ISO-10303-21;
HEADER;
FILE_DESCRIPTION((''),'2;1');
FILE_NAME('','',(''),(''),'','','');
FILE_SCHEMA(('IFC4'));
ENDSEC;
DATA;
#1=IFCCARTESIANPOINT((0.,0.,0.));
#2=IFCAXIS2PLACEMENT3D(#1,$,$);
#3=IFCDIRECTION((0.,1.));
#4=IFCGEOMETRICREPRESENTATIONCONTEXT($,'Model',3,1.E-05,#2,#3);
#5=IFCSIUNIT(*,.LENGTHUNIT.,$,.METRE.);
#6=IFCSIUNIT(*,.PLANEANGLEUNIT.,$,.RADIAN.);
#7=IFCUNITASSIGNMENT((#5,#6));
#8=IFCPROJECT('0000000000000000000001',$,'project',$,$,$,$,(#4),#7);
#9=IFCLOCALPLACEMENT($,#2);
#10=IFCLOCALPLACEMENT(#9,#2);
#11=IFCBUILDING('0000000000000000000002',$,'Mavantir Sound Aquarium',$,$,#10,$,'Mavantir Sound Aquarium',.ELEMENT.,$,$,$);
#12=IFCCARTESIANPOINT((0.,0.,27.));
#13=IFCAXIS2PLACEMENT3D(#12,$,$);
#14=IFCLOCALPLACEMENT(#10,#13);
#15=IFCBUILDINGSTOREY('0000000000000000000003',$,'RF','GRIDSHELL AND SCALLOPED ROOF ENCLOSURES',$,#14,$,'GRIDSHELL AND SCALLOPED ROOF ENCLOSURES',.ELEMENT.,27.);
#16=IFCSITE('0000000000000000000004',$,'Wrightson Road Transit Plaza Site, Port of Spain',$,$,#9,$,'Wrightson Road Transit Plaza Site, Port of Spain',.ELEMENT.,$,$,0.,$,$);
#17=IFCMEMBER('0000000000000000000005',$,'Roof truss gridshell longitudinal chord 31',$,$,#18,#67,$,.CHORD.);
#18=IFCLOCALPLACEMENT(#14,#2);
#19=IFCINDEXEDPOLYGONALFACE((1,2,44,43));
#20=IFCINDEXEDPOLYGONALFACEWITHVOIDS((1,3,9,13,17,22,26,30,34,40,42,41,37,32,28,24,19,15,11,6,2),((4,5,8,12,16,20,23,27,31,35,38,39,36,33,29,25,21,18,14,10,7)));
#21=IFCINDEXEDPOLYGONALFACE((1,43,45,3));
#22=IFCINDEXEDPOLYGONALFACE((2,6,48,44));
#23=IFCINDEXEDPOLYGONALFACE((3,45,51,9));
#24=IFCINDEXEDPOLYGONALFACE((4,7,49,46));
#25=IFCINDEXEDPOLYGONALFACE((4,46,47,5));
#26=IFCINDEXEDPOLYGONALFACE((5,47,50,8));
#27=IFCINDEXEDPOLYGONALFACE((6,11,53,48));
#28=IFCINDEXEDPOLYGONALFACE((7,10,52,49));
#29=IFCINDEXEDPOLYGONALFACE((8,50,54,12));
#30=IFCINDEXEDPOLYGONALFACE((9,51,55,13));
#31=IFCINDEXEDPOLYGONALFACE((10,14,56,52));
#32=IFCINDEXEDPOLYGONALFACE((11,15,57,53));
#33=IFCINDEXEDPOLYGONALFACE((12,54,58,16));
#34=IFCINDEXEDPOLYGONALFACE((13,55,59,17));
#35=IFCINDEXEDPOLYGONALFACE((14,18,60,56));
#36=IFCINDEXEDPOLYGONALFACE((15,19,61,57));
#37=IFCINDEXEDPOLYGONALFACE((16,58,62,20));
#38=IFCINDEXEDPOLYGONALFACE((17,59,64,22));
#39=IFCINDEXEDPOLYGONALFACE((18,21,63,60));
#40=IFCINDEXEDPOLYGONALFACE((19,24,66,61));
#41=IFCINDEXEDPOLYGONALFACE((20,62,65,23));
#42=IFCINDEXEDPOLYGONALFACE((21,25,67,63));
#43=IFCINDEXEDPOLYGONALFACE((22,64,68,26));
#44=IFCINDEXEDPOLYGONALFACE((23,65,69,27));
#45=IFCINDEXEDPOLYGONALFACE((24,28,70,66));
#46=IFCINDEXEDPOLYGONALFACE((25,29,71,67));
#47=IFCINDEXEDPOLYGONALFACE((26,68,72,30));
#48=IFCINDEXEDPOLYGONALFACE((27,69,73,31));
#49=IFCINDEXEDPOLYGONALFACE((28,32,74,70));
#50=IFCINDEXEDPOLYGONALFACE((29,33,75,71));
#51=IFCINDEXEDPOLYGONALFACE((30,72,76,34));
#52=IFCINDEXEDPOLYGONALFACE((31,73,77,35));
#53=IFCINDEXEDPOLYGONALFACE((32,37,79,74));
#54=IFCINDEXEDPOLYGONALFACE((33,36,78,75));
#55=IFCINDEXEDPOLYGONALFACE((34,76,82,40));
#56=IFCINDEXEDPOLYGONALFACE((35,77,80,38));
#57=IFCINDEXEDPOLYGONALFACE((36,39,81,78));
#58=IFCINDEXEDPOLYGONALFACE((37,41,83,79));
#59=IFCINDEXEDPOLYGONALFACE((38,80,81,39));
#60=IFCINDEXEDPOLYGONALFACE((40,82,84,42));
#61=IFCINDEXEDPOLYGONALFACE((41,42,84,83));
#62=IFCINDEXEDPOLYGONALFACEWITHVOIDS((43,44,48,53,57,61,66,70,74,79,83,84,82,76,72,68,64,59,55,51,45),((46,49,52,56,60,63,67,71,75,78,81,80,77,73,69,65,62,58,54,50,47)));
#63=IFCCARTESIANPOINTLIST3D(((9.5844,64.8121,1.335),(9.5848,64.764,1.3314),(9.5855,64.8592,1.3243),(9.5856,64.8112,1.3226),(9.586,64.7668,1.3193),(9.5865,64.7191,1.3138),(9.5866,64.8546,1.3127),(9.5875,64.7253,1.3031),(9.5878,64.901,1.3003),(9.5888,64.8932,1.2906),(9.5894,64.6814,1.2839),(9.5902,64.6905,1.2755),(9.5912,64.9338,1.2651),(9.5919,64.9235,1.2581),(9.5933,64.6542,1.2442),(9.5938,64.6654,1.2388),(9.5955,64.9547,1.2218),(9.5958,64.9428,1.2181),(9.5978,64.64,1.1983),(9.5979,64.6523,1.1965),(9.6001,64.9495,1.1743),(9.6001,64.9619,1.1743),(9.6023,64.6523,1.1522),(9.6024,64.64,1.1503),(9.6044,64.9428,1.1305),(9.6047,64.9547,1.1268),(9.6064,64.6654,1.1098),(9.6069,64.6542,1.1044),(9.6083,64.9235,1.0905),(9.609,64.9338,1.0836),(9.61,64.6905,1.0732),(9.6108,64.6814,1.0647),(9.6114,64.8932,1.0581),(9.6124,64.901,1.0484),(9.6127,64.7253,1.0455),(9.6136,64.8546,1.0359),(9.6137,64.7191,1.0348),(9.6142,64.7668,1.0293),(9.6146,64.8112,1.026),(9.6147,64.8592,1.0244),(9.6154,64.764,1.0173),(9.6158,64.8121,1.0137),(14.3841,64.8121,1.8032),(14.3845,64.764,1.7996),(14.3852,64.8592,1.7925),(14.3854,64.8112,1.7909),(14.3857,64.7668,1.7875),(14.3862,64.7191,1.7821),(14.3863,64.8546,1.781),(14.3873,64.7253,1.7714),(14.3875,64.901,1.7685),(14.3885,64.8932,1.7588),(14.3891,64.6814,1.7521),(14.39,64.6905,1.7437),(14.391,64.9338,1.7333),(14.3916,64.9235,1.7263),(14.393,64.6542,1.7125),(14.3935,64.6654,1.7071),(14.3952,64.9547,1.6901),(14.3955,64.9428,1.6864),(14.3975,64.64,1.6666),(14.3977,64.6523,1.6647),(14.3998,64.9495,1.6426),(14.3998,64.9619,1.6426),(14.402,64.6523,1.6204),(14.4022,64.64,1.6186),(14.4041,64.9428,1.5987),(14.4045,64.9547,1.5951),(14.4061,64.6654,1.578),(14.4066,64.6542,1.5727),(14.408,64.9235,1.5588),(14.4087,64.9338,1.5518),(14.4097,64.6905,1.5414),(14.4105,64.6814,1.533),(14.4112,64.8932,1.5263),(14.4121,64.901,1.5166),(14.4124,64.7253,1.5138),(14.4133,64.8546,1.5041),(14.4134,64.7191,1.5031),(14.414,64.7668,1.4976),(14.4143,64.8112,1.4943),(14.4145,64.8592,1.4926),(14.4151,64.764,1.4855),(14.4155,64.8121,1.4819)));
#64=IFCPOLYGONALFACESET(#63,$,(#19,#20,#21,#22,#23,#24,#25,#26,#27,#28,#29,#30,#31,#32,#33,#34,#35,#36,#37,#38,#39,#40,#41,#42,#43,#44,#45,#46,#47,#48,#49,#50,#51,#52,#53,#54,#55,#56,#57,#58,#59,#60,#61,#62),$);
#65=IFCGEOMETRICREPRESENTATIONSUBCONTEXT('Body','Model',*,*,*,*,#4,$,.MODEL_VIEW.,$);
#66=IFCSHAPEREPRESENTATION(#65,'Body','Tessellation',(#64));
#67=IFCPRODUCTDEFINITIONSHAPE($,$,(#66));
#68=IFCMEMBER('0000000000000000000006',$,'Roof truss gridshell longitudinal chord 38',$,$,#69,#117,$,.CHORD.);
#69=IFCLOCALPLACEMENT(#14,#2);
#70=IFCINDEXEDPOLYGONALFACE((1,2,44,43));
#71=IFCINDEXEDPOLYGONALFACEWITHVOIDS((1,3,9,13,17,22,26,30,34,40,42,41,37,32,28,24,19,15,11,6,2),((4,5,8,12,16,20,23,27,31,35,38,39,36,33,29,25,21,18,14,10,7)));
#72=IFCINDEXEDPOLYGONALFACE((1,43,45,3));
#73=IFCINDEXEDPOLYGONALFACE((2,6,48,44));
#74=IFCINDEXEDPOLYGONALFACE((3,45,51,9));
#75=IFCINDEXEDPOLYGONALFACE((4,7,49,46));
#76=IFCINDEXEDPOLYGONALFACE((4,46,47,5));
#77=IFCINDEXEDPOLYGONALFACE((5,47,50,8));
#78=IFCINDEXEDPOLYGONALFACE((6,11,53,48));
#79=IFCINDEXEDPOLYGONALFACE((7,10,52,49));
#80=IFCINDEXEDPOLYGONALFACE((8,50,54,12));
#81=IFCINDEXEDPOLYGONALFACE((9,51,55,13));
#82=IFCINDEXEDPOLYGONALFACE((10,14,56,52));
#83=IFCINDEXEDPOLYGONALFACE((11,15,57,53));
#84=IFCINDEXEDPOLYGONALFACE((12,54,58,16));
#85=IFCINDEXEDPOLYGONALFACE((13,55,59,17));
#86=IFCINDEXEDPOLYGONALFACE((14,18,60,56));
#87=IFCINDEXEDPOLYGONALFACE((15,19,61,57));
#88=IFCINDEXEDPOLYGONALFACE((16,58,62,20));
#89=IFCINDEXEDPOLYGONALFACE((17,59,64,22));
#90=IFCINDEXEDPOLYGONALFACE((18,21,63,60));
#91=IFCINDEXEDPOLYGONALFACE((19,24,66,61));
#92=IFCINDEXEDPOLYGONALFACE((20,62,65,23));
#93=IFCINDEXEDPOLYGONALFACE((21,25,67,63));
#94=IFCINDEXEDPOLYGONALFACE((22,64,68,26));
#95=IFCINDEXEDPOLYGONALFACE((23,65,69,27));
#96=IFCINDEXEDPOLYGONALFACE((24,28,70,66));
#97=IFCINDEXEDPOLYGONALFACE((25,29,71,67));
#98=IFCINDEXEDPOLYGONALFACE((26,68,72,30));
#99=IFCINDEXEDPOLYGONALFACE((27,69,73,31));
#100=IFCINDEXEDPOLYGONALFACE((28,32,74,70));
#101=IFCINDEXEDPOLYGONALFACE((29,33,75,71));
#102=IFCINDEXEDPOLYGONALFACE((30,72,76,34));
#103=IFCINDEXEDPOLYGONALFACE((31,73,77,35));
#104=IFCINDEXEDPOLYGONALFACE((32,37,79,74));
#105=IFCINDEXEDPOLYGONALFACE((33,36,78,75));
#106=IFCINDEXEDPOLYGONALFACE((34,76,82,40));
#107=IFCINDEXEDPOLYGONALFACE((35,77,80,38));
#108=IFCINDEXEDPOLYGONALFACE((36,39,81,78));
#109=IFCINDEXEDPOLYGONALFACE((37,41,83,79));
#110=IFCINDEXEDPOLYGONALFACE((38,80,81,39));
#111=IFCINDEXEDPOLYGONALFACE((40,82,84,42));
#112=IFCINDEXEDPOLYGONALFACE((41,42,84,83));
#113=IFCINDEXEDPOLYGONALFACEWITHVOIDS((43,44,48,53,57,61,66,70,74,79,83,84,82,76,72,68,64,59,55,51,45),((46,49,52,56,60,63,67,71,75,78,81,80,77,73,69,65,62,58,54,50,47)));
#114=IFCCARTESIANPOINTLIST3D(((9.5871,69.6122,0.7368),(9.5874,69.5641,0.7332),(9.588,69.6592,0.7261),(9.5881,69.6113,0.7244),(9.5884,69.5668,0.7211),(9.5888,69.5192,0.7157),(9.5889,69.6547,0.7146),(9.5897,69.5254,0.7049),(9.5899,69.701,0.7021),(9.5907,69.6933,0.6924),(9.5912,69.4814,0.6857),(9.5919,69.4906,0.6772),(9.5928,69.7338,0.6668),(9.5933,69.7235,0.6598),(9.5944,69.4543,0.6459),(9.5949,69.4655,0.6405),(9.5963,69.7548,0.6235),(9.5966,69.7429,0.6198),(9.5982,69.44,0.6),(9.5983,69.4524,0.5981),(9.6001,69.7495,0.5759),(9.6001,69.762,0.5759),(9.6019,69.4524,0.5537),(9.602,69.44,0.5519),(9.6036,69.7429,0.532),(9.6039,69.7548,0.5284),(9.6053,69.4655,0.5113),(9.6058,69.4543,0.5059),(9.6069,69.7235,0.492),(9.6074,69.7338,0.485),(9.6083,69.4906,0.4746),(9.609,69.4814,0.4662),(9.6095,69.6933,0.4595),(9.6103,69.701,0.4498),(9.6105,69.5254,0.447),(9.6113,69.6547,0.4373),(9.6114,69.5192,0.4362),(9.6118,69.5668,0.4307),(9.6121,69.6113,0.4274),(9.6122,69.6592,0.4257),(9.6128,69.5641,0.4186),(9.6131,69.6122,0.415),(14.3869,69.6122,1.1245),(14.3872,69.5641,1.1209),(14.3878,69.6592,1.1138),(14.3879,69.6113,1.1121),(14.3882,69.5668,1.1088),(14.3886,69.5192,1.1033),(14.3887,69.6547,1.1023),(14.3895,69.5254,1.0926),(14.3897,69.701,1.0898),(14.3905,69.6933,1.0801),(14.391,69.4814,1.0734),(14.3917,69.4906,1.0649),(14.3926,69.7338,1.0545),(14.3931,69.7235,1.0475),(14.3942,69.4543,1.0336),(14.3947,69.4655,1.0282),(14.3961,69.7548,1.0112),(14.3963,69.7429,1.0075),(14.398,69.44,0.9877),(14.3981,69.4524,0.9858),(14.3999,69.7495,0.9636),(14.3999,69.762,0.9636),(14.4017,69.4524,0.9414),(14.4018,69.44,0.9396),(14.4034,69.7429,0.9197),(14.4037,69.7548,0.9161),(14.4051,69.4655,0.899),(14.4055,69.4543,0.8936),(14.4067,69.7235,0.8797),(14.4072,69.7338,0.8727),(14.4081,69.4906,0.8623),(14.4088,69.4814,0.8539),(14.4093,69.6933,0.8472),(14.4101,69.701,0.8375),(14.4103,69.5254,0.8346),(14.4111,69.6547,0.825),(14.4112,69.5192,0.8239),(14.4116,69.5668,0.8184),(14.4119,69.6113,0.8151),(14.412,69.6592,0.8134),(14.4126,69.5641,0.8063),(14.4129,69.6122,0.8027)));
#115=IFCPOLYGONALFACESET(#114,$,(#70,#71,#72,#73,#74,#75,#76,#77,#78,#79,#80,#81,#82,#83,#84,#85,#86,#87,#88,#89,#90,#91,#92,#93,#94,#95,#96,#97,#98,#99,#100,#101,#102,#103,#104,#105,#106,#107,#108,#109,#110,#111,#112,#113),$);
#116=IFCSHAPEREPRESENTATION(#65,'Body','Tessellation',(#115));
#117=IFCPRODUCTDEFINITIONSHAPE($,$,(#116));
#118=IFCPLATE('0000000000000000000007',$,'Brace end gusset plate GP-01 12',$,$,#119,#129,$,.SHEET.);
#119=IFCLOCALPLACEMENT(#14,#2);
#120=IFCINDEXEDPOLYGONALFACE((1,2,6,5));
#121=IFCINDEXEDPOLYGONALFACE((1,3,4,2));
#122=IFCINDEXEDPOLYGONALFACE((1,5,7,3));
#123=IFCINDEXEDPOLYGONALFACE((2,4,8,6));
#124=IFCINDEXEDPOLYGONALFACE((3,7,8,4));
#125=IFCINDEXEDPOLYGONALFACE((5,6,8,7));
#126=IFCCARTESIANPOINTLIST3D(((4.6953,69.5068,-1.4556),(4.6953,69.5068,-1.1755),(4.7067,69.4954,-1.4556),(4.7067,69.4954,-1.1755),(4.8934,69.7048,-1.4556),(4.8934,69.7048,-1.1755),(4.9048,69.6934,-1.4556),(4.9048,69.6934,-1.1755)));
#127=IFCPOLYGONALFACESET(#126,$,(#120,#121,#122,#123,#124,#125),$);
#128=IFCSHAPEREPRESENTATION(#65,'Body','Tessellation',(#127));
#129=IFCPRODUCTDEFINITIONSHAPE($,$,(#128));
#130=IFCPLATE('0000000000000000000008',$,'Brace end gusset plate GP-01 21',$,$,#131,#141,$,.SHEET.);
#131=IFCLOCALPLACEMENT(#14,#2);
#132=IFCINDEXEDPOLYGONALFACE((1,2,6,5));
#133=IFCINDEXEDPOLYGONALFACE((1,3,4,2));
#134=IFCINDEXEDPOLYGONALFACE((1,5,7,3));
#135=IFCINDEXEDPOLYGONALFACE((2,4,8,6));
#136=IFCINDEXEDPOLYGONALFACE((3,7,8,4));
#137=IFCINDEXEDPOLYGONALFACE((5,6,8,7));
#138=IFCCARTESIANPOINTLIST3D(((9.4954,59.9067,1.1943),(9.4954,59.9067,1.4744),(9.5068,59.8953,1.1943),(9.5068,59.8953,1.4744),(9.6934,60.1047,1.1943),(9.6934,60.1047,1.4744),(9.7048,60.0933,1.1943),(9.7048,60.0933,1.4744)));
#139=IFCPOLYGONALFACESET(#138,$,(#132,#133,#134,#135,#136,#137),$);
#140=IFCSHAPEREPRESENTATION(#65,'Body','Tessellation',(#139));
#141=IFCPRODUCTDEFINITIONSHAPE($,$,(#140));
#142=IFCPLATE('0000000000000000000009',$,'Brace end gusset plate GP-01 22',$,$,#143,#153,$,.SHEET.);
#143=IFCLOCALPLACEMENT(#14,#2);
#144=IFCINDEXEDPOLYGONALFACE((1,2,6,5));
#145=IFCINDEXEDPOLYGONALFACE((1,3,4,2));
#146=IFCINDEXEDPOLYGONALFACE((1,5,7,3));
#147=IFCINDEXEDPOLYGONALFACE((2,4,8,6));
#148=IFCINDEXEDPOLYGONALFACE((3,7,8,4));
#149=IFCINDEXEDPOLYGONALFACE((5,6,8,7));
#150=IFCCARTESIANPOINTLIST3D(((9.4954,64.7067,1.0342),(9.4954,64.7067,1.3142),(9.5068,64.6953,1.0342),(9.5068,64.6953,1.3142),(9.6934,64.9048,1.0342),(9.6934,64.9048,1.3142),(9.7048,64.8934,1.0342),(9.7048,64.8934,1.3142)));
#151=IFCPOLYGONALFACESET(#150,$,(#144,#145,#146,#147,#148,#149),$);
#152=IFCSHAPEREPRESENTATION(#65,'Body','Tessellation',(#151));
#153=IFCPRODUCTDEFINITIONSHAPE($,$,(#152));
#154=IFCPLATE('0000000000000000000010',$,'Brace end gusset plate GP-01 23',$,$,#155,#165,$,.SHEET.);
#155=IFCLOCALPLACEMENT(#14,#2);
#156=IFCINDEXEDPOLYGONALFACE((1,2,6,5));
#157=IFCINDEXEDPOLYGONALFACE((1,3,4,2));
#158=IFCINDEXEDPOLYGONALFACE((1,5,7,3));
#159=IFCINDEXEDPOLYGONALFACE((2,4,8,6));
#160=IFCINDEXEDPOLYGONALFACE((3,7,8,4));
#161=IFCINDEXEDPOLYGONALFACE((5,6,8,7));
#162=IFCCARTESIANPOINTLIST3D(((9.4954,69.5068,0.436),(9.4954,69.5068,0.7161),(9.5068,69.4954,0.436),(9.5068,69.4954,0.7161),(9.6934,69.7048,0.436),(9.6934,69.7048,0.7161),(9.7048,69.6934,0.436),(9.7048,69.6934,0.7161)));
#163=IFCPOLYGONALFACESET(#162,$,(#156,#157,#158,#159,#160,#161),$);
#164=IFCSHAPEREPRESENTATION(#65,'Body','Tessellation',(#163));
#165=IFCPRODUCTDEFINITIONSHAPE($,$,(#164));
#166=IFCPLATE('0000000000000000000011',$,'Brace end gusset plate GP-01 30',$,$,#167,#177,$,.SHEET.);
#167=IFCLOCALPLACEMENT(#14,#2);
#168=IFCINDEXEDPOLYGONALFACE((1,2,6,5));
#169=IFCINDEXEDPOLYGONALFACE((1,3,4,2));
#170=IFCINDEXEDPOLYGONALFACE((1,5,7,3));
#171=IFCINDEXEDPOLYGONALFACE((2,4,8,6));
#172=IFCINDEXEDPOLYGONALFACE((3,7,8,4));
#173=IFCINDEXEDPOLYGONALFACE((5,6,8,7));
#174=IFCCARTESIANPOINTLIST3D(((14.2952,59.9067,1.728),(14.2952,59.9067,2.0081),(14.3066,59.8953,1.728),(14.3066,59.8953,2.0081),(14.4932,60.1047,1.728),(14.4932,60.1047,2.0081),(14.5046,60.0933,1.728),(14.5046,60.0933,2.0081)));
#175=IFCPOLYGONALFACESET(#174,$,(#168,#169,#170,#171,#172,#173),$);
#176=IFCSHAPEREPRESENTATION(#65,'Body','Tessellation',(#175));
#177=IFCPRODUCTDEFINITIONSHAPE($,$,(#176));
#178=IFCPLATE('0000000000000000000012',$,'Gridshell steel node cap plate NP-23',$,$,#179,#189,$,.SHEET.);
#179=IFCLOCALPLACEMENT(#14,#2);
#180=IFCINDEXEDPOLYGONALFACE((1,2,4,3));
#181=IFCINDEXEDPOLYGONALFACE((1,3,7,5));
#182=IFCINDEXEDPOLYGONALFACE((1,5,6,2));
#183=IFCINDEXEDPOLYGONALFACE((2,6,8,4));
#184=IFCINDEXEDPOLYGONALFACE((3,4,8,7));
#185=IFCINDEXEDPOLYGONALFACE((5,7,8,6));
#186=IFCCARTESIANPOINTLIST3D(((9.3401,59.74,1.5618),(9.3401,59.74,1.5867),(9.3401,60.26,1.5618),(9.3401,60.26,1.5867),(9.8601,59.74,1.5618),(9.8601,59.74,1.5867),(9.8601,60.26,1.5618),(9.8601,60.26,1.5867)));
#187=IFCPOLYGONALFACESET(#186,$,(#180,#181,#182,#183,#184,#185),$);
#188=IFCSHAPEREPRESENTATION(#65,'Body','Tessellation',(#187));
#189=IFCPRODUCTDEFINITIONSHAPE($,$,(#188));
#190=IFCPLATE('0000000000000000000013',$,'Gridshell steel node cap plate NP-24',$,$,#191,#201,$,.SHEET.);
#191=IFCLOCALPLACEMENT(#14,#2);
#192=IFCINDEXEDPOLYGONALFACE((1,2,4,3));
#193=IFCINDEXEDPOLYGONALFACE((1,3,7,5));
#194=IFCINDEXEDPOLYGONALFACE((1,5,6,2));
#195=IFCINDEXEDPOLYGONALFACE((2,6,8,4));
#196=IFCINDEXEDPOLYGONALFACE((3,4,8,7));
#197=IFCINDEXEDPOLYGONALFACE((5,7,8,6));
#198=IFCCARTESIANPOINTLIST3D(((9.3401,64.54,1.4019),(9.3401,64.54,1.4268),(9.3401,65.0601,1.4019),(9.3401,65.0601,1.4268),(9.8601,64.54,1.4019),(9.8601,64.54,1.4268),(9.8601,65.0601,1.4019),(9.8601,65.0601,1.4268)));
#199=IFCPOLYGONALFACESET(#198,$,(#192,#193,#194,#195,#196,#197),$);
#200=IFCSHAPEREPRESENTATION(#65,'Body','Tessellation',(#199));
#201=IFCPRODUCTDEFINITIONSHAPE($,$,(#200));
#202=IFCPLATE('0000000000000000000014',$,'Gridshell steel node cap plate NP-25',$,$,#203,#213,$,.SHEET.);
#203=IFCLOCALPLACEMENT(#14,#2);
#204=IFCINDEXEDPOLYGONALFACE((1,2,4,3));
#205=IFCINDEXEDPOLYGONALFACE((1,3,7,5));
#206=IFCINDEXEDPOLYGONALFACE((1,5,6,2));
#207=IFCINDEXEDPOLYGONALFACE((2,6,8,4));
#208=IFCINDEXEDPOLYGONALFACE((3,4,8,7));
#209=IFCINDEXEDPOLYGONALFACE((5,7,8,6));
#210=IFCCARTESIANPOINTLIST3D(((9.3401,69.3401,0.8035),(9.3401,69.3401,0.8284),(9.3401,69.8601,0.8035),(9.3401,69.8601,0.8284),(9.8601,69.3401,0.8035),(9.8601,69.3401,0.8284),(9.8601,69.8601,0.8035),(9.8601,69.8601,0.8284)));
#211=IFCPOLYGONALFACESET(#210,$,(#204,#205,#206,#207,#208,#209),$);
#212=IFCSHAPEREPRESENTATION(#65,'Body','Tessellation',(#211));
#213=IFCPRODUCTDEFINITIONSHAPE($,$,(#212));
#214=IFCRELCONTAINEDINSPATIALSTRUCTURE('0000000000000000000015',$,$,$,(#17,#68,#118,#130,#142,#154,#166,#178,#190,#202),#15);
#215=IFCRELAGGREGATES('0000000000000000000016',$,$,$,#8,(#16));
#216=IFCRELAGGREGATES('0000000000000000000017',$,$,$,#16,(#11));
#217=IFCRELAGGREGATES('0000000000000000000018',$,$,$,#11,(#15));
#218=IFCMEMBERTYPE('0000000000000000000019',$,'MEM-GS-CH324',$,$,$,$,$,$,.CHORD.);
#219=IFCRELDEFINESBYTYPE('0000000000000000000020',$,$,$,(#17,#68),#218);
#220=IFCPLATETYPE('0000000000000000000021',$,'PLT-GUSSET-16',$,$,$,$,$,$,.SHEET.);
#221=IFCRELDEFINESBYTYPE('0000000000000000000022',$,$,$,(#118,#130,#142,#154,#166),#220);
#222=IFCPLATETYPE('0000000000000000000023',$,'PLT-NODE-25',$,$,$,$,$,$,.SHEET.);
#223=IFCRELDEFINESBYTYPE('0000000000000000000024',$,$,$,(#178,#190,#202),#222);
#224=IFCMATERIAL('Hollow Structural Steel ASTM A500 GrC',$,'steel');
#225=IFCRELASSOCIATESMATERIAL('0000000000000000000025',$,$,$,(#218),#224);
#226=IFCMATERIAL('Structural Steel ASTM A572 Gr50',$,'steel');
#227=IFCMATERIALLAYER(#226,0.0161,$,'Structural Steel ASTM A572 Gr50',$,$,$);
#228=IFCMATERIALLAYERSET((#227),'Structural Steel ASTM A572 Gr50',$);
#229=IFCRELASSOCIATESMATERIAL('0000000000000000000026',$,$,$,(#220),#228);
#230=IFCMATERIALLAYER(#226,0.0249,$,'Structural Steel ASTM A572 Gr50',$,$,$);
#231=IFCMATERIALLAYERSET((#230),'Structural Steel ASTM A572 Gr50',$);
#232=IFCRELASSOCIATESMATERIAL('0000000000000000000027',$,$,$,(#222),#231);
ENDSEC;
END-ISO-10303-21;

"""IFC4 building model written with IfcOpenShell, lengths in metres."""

from ifc_helpers import new_model, si_unit, direction, frame, origin, origin_2d, place, context, subcontext, project, spatial, rectangle, hollow_circle, extrude, material, layer, layer_set, material_profile, profile_set, type_object, element, save


model = new_model("IFC4")

# Units and contexts
model_context = context("Model", 3, precision=1e-05, world=origin(), true_north=direction((0.0, 1.0)))
body_context = subcontext(model_context, "Body", "Model", "MODEL_VIEW")
ifc_project = project(units=[si_unit("LENGTHUNIT", "METRE"), si_unit("PLANEANGLEUNIT", "RADIAN")], contexts=[model_context])

# Site, building, storey
site_placement = place(None, origin())
site = spatial("IfcSite", under=ifc_project, at=site_placement, Name="Wrightson Road Transit Plaza Site, Port of Spain", LongName="Wrightson Road Transit Plaza Site, Port of Spain", CompositionType="ELEMENT", RefElevation=0.0)
building_placement = place(site_placement, origin())
building = spatial("IfcBuilding", under=site, at=building_placement, Name="Mavantir Sound Aquarium", LongName="Mavantir Sound Aquarium", CompositionType="ELEMENT")
storey_placement = place(building_placement, frame((0.0, 0.0, 27.0)))
storey = spatial("IfcBuildingStorey", under=building, at=storey_placement, Name="RF", Description="GRIDSHELL AND SCALLOPED ROOF ENCLOSURES", LongName="GRIDSHELL AND SCALLOPED ROOF ENCLOSURES", CompositionType="ELEMENT", Elevation=27.0)

# Members
ifc_material_1 = material(Name="Hollow Structural Steel ASTM A500 GrC", Category="steel")
ifc_material_profile_1 = material_profile(ifc_material_1, hollow_circle(Radius=0.1619, WallThickness=0.0125, at=origin_2d()), Name="CHS 323.9X12.5")
ifc_profile_set_1 = profile_set([ifc_material_profile_1], Name="Hollow Structural Steel ASTM A500 GrC")
member_type_1 = type_object("IfcMemberType", Name="MEM-GS-CH324", PredefinedType="CHORD", material=ifc_profile_set_1)
member_1_placement = place(storey_placement, frame((9.6001, 64.8, 1.1743), z_axis=(0.995275, 0.0, 0.097098), x_axis=(0.0, 1.0, 0.0)))
element("IfcMember", 1, at=member_1_placement, inside=storey, type_object=member_type_1, Name="Roof truss gridshell longitudinal chord 31", PredefinedType="CHORD", context=body_context, shape_type="SweptSolid", body=[
    extrude(hollow_circle(Radius=0.1619, WallThickness=0.0125, at=origin_2d()), origin(), (0.0, 0.0, 1.0), 4.8225),
])
member_2_placement = place(storey_placement, frame((9.6001, 69.6001, 0.5759), z_axis=(0.996754, 0.0, 0.080511), x_axis=(0.0, 1.0, 0.0)))
element("IfcMember", 2, at=member_2_placement, inside=storey, type_object=member_type_1, Name="Roof truss gridshell longitudinal chord 38", PredefinedType="CHORD", context=body_context, shape_type="SweptSolid", body=[
    extrude(hollow_circle(Radius=0.1619, WallThickness=0.0125, at=origin_2d()), origin(), (0.0, 0.0, 1.0), 4.8154),
])

# Plates
ifc_material_2 = material(Name="Structural Steel ASTM A572 Gr50", Category="steel")
ifc_layer_1 = layer(ifc_material_2, 0.0161, Name="Structural Steel ASTM A572 Gr50")
ifc_layer_set_1 = layer_set([ifc_layer_1], Name="Structural Steel ASTM A572 Gr50")
plate_type_1 = type_object("IfcPlateType", Name="PLT-GUSSET-16", PredefinedType="SHEET", material=ifc_layer_set_1)
for number, where, z_axis, x_axis, name in (
    (3, (4.8, 69.6001, -1.4556), (0.0, 0.0, 1.0), (0.707107, 0.707107, 0.0), "Brace end gusset plate GP-01 12"),
    (4, (9.6001, 60.0, 1.1943), (0.0, 0.0, 1.0), (0.707107, 0.707107, 0.0), "Brace end gusset plate GP-01 21"),
    (5, (9.6001, 64.8, 1.0342), (0.0, 0.0, 1.0), (0.707107, 0.707107, 0.0), "Brace end gusset plate GP-01 22"),
    (6, (9.6001, 69.6001, 0.436), (0.0, 0.0, 1.0), (0.707107, 0.707107, 0.0), "Brace end gusset plate GP-01 23"),
    (7, (14.3999, 60.0, 1.728), (0.0, 0.0, 1.0), (0.707107, 0.707107, 0.0), "Brace end gusset plate GP-01 30"),
):
    element("IfcPlate", number, at=place(storey_placement, frame(where, z_axis=z_axis, x_axis=x_axis)), inside=storey, type_object=plate_type_1, Name=name, PredefinedType="SHEET", context=body_context, shape_type="SweptSolid", body=[
        extrude(rectangle(XDim=0.28, YDim=0.0161, at=origin_2d()), origin(), (0.0, 0.0, 1.0), 0.28),
    ])
ifc_layer_2 = layer(ifc_material_2, 0.0249, Name="Structural Steel ASTM A572 Gr50")
ifc_layer_set_2 = layer_set([ifc_layer_2], Name="Structural Steel ASTM A572 Gr50")
plate_type_2 = type_object("IfcPlateType", Name="PLT-NODE-25", PredefinedType="SHEET", material=ifc_layer_set_2)
for number, where, z_axis, x_axis, name in (
    (8, (9.6001, 60.0, 1.5618), (0.0, 0.0, 1.0), (1.0, 0.0, 0.0), "Gridshell steel node cap plate NP-23"),
    (9, (9.6001, 64.8, 1.4019), (0.0, 0.0, 1.0), (1.0, 0.0, 0.0), "Gridshell steel node cap plate NP-24"),
    (10, (9.6001, 69.6001, 0.8035), (0.0, 0.0, 1.0), (1.0, 0.0, 0.0), "Gridshell steel node cap plate NP-25"),
):
    element("IfcPlate", number, at=place(storey_placement, frame(where, z_axis=z_axis, x_axis=x_axis)), inside=storey, type_object=plate_type_2, Name=name, PredefinedType="SHEET", context=body_context, shape_type="SweptSolid", body=[
        extrude(rectangle(XDim=0.52, YDim=0.52, at=origin_2d()), origin(), (0.0, 0.0, 1.0), 0.0249),
    ])

save(model, "model.ifc")
